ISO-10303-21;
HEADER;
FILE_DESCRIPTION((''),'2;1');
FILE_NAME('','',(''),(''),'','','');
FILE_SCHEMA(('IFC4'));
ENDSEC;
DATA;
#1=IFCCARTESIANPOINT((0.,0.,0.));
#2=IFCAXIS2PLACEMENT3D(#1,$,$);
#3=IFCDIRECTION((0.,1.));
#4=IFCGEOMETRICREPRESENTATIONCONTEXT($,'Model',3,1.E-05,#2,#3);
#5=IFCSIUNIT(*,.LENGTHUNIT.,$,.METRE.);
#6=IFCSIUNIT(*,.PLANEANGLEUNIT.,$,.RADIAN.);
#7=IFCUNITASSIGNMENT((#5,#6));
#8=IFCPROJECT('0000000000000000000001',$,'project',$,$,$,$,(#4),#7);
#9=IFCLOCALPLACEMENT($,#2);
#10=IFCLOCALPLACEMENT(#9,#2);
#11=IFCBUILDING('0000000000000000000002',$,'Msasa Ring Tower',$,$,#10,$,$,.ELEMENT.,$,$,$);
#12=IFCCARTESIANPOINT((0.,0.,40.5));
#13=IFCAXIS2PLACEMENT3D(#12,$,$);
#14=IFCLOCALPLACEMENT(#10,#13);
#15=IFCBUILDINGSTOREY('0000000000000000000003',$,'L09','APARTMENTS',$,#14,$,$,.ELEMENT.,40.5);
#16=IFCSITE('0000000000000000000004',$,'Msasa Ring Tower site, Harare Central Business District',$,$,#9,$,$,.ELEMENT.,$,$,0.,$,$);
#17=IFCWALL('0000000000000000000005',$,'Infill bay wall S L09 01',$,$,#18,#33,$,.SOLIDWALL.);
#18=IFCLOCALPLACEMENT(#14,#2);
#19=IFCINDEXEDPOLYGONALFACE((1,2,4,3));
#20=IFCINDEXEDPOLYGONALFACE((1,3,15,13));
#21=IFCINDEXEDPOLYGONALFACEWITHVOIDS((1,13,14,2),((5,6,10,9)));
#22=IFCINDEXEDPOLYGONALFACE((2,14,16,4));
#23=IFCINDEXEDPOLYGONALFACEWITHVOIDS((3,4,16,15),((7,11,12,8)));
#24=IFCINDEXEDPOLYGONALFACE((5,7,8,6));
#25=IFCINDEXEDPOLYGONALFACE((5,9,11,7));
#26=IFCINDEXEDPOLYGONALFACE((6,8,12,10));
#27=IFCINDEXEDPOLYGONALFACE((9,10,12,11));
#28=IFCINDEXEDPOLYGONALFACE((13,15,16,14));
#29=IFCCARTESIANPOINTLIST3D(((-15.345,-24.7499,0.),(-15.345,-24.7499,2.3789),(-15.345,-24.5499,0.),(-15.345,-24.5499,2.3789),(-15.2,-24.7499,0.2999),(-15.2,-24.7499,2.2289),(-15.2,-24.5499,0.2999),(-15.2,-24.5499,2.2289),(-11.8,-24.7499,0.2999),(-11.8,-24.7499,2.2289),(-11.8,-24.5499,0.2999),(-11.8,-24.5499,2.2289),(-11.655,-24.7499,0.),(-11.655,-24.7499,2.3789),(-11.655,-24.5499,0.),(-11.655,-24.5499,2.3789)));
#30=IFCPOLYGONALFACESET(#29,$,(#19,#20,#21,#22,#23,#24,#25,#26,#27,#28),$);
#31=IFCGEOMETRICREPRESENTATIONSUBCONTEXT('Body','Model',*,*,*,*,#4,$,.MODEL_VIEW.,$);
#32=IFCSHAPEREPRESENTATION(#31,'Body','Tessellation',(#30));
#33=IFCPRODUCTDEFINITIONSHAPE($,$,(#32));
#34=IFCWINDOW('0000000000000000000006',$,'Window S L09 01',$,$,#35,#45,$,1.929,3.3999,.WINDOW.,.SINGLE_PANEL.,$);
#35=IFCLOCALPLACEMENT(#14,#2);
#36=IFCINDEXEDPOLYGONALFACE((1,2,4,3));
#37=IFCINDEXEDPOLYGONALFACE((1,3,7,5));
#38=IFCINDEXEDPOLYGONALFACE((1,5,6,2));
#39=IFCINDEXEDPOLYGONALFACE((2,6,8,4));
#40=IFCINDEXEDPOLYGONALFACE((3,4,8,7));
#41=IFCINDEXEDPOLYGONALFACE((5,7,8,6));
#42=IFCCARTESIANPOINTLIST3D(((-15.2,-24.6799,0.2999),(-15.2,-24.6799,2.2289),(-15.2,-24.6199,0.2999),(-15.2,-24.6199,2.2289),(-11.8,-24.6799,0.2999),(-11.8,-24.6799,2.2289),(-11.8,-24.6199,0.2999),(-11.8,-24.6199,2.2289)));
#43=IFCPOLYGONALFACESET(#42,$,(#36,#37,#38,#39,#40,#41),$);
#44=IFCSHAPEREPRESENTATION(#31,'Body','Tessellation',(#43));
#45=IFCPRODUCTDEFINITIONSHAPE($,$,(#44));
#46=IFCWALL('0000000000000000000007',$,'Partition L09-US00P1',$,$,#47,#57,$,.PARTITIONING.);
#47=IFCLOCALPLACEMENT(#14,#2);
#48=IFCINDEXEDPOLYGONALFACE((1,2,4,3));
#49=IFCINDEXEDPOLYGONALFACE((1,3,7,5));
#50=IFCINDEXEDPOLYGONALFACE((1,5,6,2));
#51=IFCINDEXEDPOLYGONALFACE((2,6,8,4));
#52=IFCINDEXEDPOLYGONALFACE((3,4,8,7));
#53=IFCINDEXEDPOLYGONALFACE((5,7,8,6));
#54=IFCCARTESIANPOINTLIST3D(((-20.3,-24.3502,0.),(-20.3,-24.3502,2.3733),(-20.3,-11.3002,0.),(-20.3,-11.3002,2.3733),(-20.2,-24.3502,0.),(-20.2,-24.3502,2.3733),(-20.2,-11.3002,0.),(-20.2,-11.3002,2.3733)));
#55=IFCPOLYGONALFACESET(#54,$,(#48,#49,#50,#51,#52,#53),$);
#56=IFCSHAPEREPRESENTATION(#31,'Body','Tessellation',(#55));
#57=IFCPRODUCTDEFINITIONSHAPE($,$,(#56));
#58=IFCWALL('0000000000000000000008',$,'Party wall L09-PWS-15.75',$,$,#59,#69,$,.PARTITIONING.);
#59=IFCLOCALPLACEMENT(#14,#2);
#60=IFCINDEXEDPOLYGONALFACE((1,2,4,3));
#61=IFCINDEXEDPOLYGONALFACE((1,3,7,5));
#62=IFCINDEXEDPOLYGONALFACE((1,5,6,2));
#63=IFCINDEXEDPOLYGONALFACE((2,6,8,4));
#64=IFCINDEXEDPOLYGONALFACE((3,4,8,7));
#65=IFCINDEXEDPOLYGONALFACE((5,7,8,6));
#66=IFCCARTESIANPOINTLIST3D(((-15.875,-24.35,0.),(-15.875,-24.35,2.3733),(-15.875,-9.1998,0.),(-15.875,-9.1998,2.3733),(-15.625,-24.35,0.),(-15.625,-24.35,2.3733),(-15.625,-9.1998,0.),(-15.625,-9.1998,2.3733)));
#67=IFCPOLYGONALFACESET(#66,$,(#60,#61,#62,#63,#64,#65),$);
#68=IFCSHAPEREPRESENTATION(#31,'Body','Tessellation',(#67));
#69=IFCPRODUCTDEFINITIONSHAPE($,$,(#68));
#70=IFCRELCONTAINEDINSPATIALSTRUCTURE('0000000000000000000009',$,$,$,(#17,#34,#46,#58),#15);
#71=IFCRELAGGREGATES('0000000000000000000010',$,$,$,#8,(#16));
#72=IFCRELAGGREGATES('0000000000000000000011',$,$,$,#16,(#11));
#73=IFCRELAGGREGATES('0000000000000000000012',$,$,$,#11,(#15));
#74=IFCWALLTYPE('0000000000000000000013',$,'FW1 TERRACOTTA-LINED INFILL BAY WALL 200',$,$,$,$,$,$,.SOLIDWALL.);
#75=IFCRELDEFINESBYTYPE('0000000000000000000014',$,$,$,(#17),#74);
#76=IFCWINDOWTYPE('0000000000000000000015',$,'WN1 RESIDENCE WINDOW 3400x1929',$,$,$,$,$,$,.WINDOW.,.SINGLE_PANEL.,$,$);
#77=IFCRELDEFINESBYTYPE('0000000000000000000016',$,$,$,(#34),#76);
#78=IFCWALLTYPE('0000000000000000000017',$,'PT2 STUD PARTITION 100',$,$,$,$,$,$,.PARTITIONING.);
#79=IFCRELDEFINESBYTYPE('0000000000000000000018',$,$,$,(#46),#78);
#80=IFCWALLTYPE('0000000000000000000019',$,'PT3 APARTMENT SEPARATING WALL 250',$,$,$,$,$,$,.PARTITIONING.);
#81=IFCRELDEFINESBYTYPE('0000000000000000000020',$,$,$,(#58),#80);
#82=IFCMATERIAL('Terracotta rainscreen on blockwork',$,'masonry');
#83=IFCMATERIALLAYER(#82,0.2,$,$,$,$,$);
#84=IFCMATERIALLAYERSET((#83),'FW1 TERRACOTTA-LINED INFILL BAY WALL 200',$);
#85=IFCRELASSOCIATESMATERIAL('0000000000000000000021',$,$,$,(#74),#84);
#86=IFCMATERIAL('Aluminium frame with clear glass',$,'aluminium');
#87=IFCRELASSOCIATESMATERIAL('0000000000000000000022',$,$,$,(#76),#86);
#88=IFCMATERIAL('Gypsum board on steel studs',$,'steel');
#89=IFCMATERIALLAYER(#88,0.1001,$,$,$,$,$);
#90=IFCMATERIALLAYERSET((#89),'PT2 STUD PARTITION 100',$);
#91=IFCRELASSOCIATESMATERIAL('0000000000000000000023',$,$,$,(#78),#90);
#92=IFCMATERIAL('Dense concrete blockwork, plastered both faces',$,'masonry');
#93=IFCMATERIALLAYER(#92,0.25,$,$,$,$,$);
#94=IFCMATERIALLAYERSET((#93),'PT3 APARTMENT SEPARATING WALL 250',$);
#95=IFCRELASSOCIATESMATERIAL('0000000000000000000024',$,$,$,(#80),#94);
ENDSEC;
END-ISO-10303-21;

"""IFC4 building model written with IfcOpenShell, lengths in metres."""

from ifc_helpers import new_model, si_unit, direction, frame, frame_2d, origin, place, context, subcontext, project, spatial, rectangle, extrude, material, layer, layer_set, type_object, element, fill, save


model = new_model("IFC4")

# Units and contexts
model_context = context("Model", 3, precision=1e-05, world=origin(), true_north=direction((0.0, 1.0)))
body_context = subcontext(model_context, "Body", "Model", "MODEL_VIEW")
ifc_project = project(units=[si_unit("LENGTHUNIT", "METRE"), si_unit("PLANEANGLEUNIT", "RADIAN")], contexts=[model_context])

# Site, building, storey
site_placement = place(None, origin())
site = spatial("IfcSite", under=ifc_project, at=site_placement, Name="Msasa Ring Tower site, Harare Central Business District", CompositionType="ELEMENT", RefElevation=0.0)
building_placement = place(site_placement, origin())
building = spatial("IfcBuilding", under=site, at=building_placement, Name="Msasa Ring Tower", CompositionType="ELEMENT")
storey_placement = place(building_placement, frame((0.0, 0.0, 40.5)))
storey = spatial("IfcBuildingStorey", under=building, at=storey_placement, Name="L09", Description="APARTMENTS", CompositionType="ELEMENT", Elevation=40.5)

# Wall, opening, window
ifc_material_1 = material(Name="Terracotta rainscreen on blockwork", Category="masonry")
ifc_layer_1 = layer(ifc_material_1, 0.2)
ifc_layer_set_1 = layer_set([ifc_layer_1], Name="FW1 TERRACOTTA-LINED INFILL BAY WALL 200")
wall_type_1 = type_object("IfcWallType", Name="FW1 TERRACOTTA-LINED INFILL BAY WALL 200", PredefinedType="SOLIDWALL", material=ifc_layer_set_1)
ifc_material_2 = material(Name="Aluminium frame with clear glass", Category="aluminium")
window_type = type_object("IfcWindowType", Name="WN1 RESIDENCE WINDOW 3400x1929", PartitioningType="SINGLE_PANEL", PredefinedType="WINDOW", material=ifc_material_2)
wall_1_placement = place(storey_placement, frame((-15.345, -24.6499, 0.0), z_axis=(0.0, 0.0, 1.0), x_axis=(1.0, 0.0, 0.0)))
wall_1 = element("IfcWall", 1, at=wall_1_placement, inside=storey, type_object=wall_type_1, Name="Infill bay wall S L09 01", PredefinedType="SOLIDWALL", context=body_context, shape_type="SweptSolid", body=[
    extrude(rectangle(XDim=3.6899, YDim=0.2, at=frame_2d((1.845, 0.0))), origin(), (0.0, 0.0, 1.0), 2.3789),
])
opening_1_placement = place(wall_1_placement, frame((0.145, 0.0, 0.3)))
opening_1 = element("IfcOpeningElement", 2, at=opening_1_placement, cuts=wall_1, PredefinedType="OPENING", context=body_context, shape_type="SweptSolid", body=[
    extrude(rectangle(XDim=3.3999, YDim=1.929, at=frame_2d((1.7, 0.9644))), frame((0.0, 0.1099, 0.0), z_axis=(0.0, -1.0, 0.0), x_axis=(1.0, 0.0, 0.0)), (0.0, 0.0, 1.0), 0.22),
])
window_1_placement = place(opening_1_placement, origin())
window_1 = element("IfcWindow", 3, at=window_1_placement, inside=storey, type_object=window_type, Name="Window S L09 01", OverallHeight=1.929, OverallWidth=3.3999, PartitioningType="SINGLE_PANEL", PredefinedType="WINDOW", context=body_context, shape_type="SweptSolid", body=[
    extrude(rectangle(XDim=3.3999, YDim=1.929, at=frame_2d((1.7, 0.9644))), frame((0.0, 0.03, 0.0), z_axis=(0.0, -1.0, 0.0), x_axis=(1.0, 0.0, 0.0)), (0.0, 0.0, 1.0), 0.0601),
])
fill(opening_1, window_1)

# Walls
ifc_material_3 = material(Name="Gypsum board on steel studs", Category="steel")
ifc_layer_2 = layer(ifc_material_3, 0.1001)
ifc_layer_set_2 = layer_set([ifc_layer_2], Name="PT2 STUD PARTITION 100")
wall_type_2 = type_object("IfcWallType", Name="PT2 STUD PARTITION 100", PredefinedType="PARTITIONING", material=ifc_layer_set_2)
wall_2_placement = place(storey_placement, frame((-20.25, -24.3501, 0.0), z_axis=(0.0, 0.0, 1.0), x_axis=(0.0, 1.0, 0.0)))
element("IfcWall", 4, at=wall_2_placement, inside=storey, type_object=wall_type_2, Name="Partition L09-US00P1", PredefinedType="PARTITIONING", context=body_context, shape_type="SweptSolid", body=[
    extrude(rectangle(XDim=13.05, YDim=0.1001, at=frame_2d((6.5249, 0.0))), origin(), (0.0, 0.0, 1.0), 2.3733),
])
ifc_material_4 = material(Name="Dense concrete blockwork, plastered both faces", Category="masonry")
ifc_layer_3 = layer(ifc_material_4, 0.25)
ifc_layer_set_3 = layer_set([ifc_layer_3], Name="PT3 APARTMENT SEPARATING WALL 250")
wall_type_3 = type_object("IfcWallType", Name="PT3 APARTMENT SEPARATING WALL 250", PredefinedType="PARTITIONING", material=ifc_layer_set_3)
wall_3_placement = place(storey_placement, frame((-15.75, -24.3501, 0.0), z_axis=(0.0, 0.0, 1.0), x_axis=(0.0, 1.0, 0.0)))
element("IfcWall", 5, at=wall_3_placement, inside=storey, type_object=wall_type_3, Name="Party wall L09-PWS-15.75", PredefinedType="PARTITIONING", context=body_context, shape_type="SweptSolid", body=[
    extrude(rectangle(XDim=15.1501, YDim=0.25, at=frame_2d((7.5752, 0.0))), origin(), (0.0, 0.0, 1.0), 2.3733),
])

save(model, "model.ifc")
